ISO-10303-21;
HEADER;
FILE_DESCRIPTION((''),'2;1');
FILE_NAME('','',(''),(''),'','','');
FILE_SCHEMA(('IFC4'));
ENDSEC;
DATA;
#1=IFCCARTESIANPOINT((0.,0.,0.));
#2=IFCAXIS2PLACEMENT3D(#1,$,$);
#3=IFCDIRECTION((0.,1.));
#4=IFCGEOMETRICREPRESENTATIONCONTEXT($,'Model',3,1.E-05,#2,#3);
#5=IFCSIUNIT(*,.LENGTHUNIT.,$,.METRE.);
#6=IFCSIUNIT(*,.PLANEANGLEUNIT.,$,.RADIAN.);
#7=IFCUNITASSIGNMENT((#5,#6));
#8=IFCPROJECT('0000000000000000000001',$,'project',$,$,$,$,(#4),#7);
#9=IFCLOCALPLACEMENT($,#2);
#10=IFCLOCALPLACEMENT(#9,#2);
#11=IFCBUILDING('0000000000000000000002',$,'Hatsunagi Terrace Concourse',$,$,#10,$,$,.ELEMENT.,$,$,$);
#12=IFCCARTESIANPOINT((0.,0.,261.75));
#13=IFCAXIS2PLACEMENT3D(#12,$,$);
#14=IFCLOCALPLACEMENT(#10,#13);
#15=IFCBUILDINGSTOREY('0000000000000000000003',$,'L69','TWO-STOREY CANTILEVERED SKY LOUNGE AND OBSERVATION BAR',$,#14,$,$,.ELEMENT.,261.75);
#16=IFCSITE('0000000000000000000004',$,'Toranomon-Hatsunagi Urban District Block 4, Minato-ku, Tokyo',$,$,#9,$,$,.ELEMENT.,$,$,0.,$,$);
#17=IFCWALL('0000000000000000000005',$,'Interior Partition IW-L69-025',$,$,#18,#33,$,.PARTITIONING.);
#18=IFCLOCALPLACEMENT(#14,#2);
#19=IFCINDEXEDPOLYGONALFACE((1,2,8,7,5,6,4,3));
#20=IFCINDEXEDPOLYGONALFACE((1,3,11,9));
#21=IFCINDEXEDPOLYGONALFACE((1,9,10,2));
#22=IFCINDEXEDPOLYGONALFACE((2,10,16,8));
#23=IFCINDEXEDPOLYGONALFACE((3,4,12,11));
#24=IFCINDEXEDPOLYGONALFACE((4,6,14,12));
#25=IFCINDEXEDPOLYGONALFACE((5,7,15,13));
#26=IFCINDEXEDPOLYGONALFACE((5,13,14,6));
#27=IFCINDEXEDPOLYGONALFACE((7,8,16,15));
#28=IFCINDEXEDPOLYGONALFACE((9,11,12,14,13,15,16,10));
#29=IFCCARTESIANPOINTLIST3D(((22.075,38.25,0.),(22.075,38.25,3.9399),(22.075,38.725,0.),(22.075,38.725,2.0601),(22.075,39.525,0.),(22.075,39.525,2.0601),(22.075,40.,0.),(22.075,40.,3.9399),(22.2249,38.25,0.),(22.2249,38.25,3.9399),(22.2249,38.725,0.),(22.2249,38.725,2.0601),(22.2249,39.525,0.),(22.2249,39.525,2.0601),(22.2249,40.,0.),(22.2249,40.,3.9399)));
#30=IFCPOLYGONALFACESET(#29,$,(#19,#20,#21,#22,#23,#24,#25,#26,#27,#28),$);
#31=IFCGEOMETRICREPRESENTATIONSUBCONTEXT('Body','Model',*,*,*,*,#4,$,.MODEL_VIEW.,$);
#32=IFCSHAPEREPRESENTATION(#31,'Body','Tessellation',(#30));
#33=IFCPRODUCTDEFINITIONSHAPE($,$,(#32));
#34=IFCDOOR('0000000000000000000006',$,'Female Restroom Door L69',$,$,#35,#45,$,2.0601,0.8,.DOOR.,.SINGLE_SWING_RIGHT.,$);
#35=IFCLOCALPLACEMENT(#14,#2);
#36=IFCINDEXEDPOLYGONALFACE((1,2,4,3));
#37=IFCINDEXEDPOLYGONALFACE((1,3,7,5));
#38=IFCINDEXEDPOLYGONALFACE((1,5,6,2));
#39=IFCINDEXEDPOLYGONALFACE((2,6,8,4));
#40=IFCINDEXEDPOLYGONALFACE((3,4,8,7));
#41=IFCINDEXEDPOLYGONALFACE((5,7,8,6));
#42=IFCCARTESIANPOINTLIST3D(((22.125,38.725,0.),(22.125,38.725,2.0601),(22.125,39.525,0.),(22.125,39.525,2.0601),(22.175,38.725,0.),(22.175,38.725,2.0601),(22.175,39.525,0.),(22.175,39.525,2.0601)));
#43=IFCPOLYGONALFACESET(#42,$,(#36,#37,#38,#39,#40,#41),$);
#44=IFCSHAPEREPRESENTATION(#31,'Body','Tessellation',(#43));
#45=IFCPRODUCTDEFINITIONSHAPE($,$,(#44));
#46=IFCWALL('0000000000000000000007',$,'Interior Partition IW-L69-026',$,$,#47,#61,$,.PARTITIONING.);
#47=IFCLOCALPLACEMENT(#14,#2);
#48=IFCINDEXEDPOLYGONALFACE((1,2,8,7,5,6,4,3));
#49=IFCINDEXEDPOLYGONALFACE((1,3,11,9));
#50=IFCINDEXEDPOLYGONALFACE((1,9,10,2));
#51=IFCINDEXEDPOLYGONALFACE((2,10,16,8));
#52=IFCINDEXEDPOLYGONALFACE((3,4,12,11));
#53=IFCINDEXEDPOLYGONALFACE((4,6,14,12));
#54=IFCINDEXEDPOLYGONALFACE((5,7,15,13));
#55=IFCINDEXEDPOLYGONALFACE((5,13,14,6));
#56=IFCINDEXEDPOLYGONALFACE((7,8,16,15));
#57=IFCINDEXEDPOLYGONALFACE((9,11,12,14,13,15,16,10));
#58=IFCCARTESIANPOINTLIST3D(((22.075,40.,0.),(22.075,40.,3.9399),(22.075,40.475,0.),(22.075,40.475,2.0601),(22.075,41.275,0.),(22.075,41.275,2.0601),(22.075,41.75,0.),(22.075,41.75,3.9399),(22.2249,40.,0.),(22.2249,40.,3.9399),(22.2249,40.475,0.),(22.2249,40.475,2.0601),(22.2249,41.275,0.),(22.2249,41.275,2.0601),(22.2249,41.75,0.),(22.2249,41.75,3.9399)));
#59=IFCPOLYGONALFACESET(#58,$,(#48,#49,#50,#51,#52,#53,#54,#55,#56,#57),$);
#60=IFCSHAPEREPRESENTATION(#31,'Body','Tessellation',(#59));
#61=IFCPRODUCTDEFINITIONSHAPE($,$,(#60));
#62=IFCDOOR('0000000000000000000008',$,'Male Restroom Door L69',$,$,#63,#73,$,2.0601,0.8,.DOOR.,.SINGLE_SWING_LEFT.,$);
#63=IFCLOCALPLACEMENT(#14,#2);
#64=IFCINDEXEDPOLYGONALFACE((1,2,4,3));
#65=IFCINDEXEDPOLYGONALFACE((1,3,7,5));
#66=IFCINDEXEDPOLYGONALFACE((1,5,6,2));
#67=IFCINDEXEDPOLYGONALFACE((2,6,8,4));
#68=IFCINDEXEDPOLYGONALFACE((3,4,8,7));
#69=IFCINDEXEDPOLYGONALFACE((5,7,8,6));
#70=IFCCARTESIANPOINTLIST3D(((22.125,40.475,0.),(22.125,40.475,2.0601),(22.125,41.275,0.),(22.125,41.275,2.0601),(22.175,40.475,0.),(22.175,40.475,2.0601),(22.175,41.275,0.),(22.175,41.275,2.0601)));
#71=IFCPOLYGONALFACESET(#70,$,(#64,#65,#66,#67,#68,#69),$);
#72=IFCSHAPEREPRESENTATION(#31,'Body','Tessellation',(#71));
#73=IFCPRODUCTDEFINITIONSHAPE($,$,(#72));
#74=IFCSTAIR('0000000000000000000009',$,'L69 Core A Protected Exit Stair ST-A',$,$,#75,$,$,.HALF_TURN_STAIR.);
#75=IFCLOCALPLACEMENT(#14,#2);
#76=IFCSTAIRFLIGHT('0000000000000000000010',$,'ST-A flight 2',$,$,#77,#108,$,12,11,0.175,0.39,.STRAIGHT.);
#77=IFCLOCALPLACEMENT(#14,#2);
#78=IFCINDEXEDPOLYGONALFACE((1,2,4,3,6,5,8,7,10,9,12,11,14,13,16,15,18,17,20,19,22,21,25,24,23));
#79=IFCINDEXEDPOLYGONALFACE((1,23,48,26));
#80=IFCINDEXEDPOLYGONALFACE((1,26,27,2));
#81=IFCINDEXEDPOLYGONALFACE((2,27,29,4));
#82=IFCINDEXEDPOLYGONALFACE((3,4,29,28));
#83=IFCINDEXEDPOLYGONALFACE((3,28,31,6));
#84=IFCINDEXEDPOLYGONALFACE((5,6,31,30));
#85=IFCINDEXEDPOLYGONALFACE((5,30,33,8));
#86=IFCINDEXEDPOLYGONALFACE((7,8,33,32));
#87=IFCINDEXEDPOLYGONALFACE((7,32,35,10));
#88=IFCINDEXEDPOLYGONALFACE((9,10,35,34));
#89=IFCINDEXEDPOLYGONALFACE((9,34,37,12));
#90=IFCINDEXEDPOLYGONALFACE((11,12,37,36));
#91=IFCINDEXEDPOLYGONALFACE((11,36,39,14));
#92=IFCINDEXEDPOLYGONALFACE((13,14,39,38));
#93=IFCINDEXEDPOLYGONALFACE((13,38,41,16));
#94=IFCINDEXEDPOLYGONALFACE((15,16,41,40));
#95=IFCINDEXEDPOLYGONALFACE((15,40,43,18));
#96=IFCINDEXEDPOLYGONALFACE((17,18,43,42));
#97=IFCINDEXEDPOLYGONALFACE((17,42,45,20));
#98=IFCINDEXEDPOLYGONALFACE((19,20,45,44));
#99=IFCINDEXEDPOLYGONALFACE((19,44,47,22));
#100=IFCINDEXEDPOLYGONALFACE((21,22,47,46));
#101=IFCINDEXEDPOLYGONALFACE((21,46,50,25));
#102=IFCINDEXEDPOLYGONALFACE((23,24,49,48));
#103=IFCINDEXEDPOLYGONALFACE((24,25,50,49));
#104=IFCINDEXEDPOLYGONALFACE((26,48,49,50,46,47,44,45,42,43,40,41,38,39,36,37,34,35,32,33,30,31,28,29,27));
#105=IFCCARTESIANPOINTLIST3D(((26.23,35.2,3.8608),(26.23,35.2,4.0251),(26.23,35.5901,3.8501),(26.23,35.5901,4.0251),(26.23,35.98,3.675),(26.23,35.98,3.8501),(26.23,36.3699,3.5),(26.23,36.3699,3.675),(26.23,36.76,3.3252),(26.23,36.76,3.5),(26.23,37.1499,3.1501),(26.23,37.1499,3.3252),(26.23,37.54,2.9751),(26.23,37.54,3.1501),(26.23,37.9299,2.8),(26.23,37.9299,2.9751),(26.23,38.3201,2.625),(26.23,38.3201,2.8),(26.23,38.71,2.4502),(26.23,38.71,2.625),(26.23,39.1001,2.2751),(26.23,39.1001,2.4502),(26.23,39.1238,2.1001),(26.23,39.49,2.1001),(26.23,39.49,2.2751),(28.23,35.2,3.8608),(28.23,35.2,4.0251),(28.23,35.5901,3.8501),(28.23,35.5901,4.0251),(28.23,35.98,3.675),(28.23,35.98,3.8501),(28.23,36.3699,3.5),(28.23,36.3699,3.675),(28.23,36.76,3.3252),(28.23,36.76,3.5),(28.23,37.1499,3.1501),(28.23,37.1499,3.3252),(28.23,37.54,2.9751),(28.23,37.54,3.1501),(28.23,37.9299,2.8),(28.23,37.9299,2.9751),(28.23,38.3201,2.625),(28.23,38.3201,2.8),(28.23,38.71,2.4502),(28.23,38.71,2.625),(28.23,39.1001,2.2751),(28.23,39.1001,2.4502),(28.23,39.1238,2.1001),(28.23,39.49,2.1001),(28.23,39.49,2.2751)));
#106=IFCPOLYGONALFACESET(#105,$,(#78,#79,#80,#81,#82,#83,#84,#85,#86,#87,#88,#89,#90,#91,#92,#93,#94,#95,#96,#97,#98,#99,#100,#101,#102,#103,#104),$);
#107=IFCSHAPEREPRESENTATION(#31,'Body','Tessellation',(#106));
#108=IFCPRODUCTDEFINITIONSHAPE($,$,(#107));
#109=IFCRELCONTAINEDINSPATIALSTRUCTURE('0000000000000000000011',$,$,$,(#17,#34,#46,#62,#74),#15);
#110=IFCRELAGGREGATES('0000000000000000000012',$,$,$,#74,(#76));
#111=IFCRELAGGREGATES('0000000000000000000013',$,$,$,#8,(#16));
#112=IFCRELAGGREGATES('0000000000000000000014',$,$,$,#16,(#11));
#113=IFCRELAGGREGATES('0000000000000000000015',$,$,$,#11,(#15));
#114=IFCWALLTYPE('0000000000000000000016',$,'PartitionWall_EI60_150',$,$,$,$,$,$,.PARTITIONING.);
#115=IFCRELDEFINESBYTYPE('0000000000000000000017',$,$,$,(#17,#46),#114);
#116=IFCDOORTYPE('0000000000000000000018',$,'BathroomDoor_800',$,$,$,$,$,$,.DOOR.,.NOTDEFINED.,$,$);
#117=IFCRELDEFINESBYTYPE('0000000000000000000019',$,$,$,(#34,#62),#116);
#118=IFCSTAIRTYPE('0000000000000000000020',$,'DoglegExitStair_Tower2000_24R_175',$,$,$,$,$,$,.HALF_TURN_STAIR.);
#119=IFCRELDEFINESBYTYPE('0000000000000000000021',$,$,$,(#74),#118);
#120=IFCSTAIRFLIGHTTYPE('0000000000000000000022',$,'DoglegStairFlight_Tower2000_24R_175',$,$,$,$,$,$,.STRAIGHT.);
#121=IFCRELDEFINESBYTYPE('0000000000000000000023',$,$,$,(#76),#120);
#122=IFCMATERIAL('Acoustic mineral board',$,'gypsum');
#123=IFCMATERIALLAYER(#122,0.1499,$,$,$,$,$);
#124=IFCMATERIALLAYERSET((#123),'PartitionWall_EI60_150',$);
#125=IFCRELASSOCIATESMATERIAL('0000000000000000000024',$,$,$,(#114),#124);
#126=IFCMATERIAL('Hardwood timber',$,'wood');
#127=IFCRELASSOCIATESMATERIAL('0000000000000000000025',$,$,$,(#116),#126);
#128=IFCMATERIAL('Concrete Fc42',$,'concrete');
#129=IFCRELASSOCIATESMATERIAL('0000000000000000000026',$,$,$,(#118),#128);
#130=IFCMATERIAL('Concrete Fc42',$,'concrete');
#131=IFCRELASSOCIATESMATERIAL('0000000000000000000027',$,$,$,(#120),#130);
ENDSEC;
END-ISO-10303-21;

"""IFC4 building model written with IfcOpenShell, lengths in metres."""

from ifc_helpers import new_model, si_unit, direction, frame, frame_2d, origin, place, context, subcontext, project, spatial, polyline, rectangle, outline, extrude, material, layer, layer_set, type_object, element, fill, aggregate, save


model = new_model("IFC4")

# Units and contexts
model_context = context("Model", 3, precision=1e-05, world=origin(), true_north=direction((0.0, 1.0)))
body_context = subcontext(model_context, "Body", "Model", "MODEL_VIEW")
ifc_project = project(units=[si_unit("LENGTHUNIT", "METRE"), si_unit("PLANEANGLEUNIT", "RADIAN")], contexts=[model_context])

# Site, building, storey
site_placement = place(None, origin())
site = spatial("IfcSite", under=ifc_project, at=site_placement, Name="Toranomon-Hatsunagi Urban District Block 4, Minato-ku, Tokyo", CompositionType="ELEMENT", RefElevation=0.0)
building_placement = place(site_placement, origin())
building = spatial("IfcBuilding", under=site, at=building_placement, Name="Hatsunagi Terrace Concourse", CompositionType="ELEMENT")
storey_placement = place(building_placement, frame((0.0, 0.0, 261.75)))
storey = spatial("IfcBuildingStorey", under=building, at=storey_placement, Name="L69", Description="TWO-STOREY CANTILEVERED SKY LOUNGE AND OBSERVATION BAR", CompositionType="ELEMENT", Elevation=261.75)

# Shared definitions
ifc_material_1 = material(Name="Acoustic mineral board", Category="gypsum")
ifc_layer_1 = layer(ifc_material_1, 0.1499)
ifc_layer_set_1 = layer_set([ifc_layer_1], Name="PartitionWall_EI60_150")
wall_type_1 = type_object("IfcWallType", Name="PartitionWall_EI60_150", PredefinedType="PARTITIONING", material=ifc_layer_set_1)

# Walls, openings, doors
ifc_material_2 = material(Name="Hardwood timber", Category="wood")
door_type = type_object("IfcDoorType", Name="BathroomDoor_800", OperationType="NOTDEFINED", PredefinedType="DOOR", material=ifc_material_2)
wall_1_placement = place(storey_placement, frame((22.1499, 38.25, 0.0), z_axis=(0.0, 0.0, 1.0), x_axis=(0.0, 1.0, 0.0)))
wall_1 = element("IfcWall", 1, at=wall_1_placement, inside=storey, type_object=wall_type_1, Name="Interior Partition IW-L69-025", PredefinedType="PARTITIONING", context=body_context, shape_type="SweptSolid", body=[
    extrude(rectangle(XDim=1.75, YDim=0.1499, at=frame_2d((0.875, 0.0))), origin(), (0.0, 0.0, 1.0), 3.9399),
])
opening_1_placement = place(wall_1_placement, frame((0.4751, 0.0, 0.0)))
opening_1 = element("IfcOpeningElement", 2, at=opening_1_placement, cuts=wall_1, PredefinedType="OPENING", context=body_context, shape_type="SweptSolid", body=[
    extrude(rectangle(XDim=0.8, YDim=2.0601, at=frame_2d((0.3999, 1.03))), frame((0.0, 0.085, 0.0), z_axis=(0.0, -1.0, 0.0), x_axis=(1.0, 0.0, 0.0)), (0.0, 0.0, 1.0), 0.1699),
])
door_1_placement = place(opening_1_placement, origin())
door_1 = element("IfcDoor", 3, at=door_1_placement, inside=storey, type_object=door_type, Name="Female Restroom Door L69", OperationType="SINGLE_SWING_RIGHT", OverallHeight=2.0601, OverallWidth=0.8, PredefinedType="DOOR", context=body_context, shape_type="SweptSolid", body=[
    extrude(rectangle(XDim=0.8, YDim=2.0601, at=frame_2d((0.3999, 1.03))), frame((0.0, 0.0249, 0.0), z_axis=(0.0, -1.0, 0.0), x_axis=(1.0, 0.0, 0.0)), (0.0, 0.0, 1.0), 0.05),
])
fill(opening_1, door_1)
wall_2_placement = place(storey_placement, frame((22.1499, 40.0, 0.0), z_axis=(0.0, 0.0, 1.0), x_axis=(0.0, 1.0, 0.0)))
wall_2 = element("IfcWall", 4, at=wall_2_placement, inside=storey, type_object=wall_type_1, Name="Interior Partition IW-L69-026", PredefinedType="PARTITIONING", context=body_context, shape_type="SweptSolid", body=[
    extrude(rectangle(XDim=1.75, YDim=0.1499, at=frame_2d((0.875, 0.0))), origin(), (0.0, 0.0, 1.0), 3.9399),
])
opening_2_placement = place(wall_2_placement, frame((0.4751, 0.0, 0.0)))
opening_2 = element("IfcOpeningElement", 5, at=opening_2_placement, cuts=wall_2, PredefinedType="OPENING", context=body_context, shape_type="SweptSolid", body=[
    extrude(rectangle(XDim=0.8, YDim=2.0601, at=frame_2d((0.3999, 1.03))), frame((0.0, 0.085, 0.0), z_axis=(0.0, -1.0, 0.0), x_axis=(1.0, 0.0, 0.0)), (0.0, 0.0, 1.0), 0.1699),
])
door_2_placement = place(opening_2_placement, origin())
door_2 = element("IfcDoor", 6, at=door_2_placement, inside=storey, type_object=door_type, Name="Male Restroom Door L69", OperationType="SINGLE_SWING_LEFT", OverallHeight=2.0601, OverallWidth=0.8, PredefinedType="DOOR", context=body_context, shape_type="SweptSolid", body=[
    extrude(rectangle(XDim=0.8, YDim=2.0601, at=frame_2d((0.3999, 1.03))), frame((0.0, 0.0249, 0.0), z_axis=(0.0, -1.0, 0.0), x_axis=(1.0, 0.0, 0.0)), (0.0, 0.0, 1.0), 0.05),
])
fill(opening_2, door_2)

# Stair, stair flight
ifc_material_3 = material(Name="Concrete Fc42", Category="concrete")
stair_type = type_object("IfcStairType", Name="DoglegExitStair_Tower2000_24R_175", PredefinedType="HALF_TURN_STAIR", material=ifc_material_3)
stair_placement = place(storey_placement, origin())
stair = element("IfcStair", 7, at=stair_placement, inside=storey, type_object=stair_type, Name="L69 Core A Protected Exit Stair ST-A", PredefinedType="HALF_TURN_STAIR")
ifc_material_4 = material(Name="Concrete Fc42", Category="concrete")
stair_flight_type = type_object("IfcStairFlightType", Name="DoglegStairFlight_Tower2000_24R_175", PredefinedType="STRAIGHT", material=ifc_material_4)
stair_flight_placement = place(storey_placement, frame((27.23, 39.49, 2.1001), z_axis=(0.0, 0.0, 1.0), x_axis=(0.0, -1.0, 0.0)))
stair_flight = element("IfcStairFlight", 8, at=stair_flight_placement, type_object=stair_flight_type, Name="ST-A flight 2", NumberOfRisers=12, NumberOfTreads=11, PredefinedType="STRAIGHT", RiserHeight=0.175, TreadLength=0.39, context=body_context, shape_type="SweptSolid", body=[
    extrude(outline(polyline([(0.0, 0.0), (0.0, 0.175), (0.3899, 0.175), (0.3899, 0.3501), (0.78, 0.3501), (0.78, 0.5249), (1.1699, 0.5249), (1.1699, 0.7), (1.5601, 0.7), (1.5601, 0.875), (1.95, 0.875), (1.95, 1.05), (2.3401, 1.05), (2.3401, 1.2251), (2.73, 1.2251), (2.73, 1.3999), (3.1201, 1.3999), (3.1201, 1.575), (3.51, 1.575), (3.51, 1.75), (3.8999, 1.75), (3.8999, 1.925), (4.29, 1.925), (4.29, 2.1001), (4.29, 1.7607), (0.3662, 0.0), (0.0, 0.0)])), frame((0.0, 1.0, 0.0), z_axis=(0.0, -1.0, 0.0), x_axis=(1.0, 0.0, 0.0)), (0.0, 0.0, 1.0), 2.0),
])
aggregate(stair, [stair_flight])

save(model, "model.ifc")
